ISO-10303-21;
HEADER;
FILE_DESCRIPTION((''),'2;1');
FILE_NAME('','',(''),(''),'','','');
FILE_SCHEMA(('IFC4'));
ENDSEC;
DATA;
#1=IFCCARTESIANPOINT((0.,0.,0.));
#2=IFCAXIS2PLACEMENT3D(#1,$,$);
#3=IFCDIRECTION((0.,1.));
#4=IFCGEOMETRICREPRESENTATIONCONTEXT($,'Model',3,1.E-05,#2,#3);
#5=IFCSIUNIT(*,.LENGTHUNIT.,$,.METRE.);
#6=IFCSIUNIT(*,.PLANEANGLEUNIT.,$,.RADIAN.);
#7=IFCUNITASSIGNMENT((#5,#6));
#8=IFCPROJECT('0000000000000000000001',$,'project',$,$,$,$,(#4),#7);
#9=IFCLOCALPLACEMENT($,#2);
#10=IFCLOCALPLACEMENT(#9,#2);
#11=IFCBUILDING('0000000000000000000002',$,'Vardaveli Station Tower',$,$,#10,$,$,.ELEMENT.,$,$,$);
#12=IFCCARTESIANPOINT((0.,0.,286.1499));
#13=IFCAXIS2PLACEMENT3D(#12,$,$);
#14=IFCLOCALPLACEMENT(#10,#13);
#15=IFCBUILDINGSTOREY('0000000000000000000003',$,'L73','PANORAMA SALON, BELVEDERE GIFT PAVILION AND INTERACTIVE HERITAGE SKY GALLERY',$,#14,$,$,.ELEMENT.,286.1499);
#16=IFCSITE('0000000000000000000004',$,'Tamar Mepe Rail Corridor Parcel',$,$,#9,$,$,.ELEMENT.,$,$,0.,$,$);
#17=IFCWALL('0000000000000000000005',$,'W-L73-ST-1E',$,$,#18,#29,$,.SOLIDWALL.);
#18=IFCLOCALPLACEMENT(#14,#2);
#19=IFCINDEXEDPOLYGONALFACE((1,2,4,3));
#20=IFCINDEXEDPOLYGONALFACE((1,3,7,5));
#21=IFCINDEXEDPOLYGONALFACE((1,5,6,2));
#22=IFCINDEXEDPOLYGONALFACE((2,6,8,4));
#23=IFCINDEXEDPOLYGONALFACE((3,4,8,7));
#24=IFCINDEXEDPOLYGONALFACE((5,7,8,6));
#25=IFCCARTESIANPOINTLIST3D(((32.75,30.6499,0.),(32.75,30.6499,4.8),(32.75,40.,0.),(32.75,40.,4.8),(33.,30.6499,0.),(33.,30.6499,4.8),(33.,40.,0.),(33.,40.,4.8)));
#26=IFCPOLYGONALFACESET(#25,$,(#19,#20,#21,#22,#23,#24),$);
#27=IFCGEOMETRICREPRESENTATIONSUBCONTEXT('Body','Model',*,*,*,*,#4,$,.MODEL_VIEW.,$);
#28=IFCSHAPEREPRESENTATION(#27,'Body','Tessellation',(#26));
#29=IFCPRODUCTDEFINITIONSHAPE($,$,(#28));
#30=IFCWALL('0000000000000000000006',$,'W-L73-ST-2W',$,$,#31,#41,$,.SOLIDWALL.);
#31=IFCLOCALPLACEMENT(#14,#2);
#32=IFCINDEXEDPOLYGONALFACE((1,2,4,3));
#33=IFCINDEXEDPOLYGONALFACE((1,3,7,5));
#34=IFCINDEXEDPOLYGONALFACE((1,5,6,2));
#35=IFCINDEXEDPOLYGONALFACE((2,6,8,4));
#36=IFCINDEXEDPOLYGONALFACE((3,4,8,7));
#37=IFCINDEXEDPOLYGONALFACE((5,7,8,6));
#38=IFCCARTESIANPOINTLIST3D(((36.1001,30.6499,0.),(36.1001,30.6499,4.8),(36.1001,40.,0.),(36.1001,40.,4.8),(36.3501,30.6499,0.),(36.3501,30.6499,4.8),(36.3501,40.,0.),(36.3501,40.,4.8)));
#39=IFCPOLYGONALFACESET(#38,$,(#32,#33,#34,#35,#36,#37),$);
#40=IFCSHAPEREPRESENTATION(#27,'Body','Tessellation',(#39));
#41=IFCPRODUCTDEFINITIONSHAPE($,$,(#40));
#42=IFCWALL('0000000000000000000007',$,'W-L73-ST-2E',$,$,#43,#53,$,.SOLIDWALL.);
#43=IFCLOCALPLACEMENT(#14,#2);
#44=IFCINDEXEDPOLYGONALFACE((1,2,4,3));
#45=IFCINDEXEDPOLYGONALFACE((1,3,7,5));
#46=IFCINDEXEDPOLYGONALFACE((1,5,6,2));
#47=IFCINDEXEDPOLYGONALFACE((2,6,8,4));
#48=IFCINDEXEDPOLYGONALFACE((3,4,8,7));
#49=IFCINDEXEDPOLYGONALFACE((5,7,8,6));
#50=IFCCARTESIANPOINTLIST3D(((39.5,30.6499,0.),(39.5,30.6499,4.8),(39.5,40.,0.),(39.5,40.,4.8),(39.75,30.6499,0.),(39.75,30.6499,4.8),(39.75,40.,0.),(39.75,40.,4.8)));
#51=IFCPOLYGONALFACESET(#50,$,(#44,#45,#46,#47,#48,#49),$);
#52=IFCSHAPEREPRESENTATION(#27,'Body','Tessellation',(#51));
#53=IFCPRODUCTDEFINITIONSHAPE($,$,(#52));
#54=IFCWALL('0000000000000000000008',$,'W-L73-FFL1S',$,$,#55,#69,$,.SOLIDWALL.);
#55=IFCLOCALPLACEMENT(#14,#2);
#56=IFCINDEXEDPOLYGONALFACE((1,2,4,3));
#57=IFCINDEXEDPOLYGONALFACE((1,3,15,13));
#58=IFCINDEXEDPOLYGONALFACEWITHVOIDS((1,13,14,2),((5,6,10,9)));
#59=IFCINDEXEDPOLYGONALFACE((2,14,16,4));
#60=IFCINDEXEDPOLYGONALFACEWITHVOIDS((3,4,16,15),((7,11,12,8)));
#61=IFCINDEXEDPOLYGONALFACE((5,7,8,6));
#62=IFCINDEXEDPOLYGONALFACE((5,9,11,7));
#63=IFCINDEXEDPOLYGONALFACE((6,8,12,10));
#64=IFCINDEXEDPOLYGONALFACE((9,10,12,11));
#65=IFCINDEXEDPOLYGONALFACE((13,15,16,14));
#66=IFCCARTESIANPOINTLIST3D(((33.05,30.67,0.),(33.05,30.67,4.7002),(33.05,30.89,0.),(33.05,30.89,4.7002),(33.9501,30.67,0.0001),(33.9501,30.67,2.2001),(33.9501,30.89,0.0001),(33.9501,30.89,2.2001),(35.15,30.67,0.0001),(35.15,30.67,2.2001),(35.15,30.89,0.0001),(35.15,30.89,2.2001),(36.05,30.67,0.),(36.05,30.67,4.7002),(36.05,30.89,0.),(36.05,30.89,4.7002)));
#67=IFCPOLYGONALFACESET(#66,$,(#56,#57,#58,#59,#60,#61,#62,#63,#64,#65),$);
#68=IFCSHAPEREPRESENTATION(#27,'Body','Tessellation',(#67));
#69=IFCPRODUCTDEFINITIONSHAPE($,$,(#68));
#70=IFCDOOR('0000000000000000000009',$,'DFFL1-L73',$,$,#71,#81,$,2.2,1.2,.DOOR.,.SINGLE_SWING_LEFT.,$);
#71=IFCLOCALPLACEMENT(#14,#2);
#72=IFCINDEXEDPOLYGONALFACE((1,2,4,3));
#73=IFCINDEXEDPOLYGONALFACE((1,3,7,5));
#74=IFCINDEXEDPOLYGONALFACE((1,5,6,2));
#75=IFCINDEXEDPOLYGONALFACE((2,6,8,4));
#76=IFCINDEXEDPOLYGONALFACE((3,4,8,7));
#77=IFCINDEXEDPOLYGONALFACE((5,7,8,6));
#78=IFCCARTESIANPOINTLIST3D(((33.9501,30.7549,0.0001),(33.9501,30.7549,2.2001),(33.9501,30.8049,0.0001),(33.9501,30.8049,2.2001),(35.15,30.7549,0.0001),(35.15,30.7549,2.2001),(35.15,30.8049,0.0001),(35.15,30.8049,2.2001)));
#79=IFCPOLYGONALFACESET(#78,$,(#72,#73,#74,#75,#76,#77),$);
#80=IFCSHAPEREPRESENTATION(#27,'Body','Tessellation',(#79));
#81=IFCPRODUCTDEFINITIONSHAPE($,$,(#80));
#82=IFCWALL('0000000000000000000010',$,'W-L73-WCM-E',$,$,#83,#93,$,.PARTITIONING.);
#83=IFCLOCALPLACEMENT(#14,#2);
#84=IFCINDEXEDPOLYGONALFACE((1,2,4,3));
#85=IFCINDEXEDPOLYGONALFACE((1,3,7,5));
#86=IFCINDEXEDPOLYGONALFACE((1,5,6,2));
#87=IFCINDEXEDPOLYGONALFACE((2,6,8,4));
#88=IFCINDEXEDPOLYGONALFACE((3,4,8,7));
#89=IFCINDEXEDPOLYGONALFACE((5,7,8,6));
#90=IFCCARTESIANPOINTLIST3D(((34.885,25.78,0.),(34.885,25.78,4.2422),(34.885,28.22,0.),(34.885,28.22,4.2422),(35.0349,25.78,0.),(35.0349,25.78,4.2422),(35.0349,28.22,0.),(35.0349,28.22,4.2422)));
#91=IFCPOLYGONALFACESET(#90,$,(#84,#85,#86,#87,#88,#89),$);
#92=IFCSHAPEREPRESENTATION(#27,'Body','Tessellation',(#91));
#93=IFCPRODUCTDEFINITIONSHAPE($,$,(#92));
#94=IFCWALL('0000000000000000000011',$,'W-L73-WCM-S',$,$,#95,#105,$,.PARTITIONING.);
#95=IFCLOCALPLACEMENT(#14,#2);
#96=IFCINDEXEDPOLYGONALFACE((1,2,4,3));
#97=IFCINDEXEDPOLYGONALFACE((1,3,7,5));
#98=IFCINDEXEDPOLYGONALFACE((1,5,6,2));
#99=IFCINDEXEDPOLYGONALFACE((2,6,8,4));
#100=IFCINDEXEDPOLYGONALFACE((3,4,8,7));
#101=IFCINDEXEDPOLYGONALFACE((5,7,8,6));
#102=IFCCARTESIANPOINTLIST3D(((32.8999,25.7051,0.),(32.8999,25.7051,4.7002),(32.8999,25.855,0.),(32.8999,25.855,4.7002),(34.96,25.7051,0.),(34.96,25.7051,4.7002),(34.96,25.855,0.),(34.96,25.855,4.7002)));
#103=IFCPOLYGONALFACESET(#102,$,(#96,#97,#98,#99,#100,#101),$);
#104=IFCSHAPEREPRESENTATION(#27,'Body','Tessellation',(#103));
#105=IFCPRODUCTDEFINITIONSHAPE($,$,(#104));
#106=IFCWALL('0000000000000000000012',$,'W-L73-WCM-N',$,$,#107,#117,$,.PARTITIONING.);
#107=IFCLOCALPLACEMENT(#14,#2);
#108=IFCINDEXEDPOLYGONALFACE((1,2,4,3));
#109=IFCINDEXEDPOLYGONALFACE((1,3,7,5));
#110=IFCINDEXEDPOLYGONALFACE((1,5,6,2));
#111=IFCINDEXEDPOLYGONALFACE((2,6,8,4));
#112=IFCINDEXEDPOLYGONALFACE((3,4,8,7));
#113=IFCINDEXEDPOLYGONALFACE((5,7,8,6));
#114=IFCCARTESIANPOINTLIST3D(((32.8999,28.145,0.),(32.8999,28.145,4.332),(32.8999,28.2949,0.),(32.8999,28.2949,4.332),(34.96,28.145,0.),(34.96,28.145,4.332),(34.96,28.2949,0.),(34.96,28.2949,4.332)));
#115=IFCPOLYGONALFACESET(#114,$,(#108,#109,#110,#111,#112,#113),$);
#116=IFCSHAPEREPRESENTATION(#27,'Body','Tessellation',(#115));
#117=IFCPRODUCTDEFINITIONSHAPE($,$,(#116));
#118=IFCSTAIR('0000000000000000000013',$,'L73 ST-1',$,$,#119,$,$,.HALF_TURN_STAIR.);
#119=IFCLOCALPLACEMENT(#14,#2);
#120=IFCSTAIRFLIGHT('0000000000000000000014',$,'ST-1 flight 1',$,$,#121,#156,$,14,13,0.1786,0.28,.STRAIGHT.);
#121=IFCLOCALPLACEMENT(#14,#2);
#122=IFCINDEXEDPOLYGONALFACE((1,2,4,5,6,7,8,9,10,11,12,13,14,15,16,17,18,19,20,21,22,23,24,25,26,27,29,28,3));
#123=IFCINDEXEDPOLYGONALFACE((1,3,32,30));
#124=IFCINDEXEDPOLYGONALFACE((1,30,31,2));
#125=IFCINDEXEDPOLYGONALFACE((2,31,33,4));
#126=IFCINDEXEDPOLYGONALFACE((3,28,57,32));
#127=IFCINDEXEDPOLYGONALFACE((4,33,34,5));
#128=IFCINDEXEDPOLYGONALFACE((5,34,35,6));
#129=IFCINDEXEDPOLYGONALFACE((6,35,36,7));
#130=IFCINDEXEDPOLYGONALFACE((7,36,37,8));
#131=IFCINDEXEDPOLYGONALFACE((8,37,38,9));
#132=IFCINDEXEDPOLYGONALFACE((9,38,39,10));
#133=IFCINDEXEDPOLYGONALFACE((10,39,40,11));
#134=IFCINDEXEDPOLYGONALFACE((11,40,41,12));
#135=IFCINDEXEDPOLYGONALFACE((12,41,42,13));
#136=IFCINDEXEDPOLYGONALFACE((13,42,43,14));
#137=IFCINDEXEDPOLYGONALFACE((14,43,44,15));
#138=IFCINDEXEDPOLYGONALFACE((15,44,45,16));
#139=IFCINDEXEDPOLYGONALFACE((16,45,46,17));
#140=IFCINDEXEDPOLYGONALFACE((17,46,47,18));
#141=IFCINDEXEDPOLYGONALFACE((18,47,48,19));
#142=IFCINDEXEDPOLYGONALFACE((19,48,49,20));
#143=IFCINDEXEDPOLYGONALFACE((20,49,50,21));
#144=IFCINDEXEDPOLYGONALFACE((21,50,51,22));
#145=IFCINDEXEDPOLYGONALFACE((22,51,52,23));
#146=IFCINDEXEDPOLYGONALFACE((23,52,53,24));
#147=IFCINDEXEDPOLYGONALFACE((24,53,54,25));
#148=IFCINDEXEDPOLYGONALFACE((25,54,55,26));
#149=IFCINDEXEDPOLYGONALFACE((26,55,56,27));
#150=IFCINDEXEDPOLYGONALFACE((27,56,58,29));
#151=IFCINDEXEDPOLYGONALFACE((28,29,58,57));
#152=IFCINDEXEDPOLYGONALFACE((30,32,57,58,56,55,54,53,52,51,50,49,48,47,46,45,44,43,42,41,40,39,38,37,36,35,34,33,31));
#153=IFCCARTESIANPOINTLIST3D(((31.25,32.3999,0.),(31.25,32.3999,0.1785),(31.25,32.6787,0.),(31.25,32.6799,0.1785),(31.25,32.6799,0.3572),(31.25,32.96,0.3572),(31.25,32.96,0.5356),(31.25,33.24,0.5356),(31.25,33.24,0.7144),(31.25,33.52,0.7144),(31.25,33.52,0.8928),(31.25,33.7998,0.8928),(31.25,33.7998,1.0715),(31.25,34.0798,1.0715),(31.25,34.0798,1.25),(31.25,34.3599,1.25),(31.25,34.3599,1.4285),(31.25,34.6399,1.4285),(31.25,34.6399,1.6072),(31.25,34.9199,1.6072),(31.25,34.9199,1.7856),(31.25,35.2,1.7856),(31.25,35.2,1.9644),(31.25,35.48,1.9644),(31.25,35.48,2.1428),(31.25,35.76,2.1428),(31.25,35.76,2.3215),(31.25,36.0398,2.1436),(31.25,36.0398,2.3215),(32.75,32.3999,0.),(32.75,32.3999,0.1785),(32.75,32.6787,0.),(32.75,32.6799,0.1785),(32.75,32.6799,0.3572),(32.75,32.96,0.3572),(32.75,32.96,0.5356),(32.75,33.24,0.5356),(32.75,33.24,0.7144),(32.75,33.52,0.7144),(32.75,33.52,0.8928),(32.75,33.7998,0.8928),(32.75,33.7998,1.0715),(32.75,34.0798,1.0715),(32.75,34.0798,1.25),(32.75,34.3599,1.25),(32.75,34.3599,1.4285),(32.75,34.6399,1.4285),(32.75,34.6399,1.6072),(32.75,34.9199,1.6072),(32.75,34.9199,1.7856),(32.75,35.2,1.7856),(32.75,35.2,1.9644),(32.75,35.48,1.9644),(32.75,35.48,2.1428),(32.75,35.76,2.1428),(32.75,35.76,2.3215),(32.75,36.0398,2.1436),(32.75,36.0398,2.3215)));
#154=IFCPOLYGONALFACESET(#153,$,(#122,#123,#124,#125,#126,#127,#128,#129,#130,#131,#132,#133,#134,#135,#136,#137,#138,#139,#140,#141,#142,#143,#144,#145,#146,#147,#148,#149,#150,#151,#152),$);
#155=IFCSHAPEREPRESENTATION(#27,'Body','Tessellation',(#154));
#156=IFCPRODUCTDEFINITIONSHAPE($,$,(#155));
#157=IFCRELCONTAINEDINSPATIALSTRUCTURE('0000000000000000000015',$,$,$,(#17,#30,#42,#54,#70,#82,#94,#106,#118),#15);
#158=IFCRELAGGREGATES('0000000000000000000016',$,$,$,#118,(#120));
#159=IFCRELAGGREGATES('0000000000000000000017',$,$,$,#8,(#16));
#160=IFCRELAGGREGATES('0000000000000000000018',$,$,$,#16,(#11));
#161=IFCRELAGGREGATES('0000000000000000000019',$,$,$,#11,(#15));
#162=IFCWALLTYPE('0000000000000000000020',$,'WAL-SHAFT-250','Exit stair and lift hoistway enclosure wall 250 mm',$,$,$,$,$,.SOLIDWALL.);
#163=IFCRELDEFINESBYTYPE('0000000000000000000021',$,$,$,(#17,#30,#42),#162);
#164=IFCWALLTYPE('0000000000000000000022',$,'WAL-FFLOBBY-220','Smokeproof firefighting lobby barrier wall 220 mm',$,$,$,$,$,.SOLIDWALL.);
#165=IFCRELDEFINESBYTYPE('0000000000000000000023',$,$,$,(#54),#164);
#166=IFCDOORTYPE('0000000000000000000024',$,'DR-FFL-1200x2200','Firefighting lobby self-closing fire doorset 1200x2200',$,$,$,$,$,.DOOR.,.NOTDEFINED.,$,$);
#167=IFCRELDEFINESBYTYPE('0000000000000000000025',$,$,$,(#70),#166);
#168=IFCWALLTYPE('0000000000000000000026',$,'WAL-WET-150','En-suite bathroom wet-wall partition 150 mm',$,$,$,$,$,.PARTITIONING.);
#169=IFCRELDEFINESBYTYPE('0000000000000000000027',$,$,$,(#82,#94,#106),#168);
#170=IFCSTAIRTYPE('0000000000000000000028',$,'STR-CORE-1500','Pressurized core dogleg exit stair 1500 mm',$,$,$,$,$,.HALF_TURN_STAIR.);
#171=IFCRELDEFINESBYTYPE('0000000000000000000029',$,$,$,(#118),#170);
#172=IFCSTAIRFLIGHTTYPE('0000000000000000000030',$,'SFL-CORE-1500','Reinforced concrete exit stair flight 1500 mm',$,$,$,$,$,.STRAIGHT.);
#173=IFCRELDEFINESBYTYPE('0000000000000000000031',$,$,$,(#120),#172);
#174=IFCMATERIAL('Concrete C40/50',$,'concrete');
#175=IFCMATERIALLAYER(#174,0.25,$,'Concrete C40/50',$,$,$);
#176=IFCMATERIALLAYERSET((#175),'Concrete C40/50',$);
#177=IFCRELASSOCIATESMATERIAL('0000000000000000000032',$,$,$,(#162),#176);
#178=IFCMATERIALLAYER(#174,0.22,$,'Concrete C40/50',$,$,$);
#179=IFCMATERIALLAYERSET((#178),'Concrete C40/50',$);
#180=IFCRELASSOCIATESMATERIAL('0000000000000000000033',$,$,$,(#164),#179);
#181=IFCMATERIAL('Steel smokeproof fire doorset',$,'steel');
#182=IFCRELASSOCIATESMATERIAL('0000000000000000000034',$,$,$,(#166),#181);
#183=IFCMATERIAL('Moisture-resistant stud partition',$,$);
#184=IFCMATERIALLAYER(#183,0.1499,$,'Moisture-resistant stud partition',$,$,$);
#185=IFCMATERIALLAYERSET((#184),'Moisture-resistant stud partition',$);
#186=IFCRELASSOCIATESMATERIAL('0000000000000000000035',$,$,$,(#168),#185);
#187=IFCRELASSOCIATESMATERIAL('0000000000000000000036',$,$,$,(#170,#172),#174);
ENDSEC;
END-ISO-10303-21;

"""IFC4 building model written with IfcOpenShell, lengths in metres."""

from ifc_helpers import new_model, si_unit, direction, frame, frame_2d, origin, place, context, subcontext, project, spatial, polyline, rectangle, outline, extrude, source, transform, mapped, material, layer, layer_set, type_object, element, fill, aggregate, save


model = new_model("IFC4")

# Units and contexts
model_context = context("Model", 3, precision=1e-05, world=origin(), true_north=direction((0.0, 1.0)))
body_context = subcontext(model_context, "Body", "Model", "MODEL_VIEW")
ifc_project = project(units=[si_unit("LENGTHUNIT", "METRE"), si_unit("PLANEANGLEUNIT", "RADIAN")], contexts=[model_context])

# Site, building, storey
site_placement = place(None, origin())
site = spatial("IfcSite", under=ifc_project, at=site_placement, Name="Tamar Mepe Rail Corridor Parcel", CompositionType="ELEMENT", RefElevation=0.0)
building_placement = place(site_placement, origin())
building = spatial("IfcBuilding", under=site, at=building_placement, Name="Vardaveli Station Tower", CompositionType="ELEMENT")
storey_placement = place(building_placement, frame((0.0, 0.0, 286.1499)))
storey = spatial("IfcBuildingStorey", under=building, at=storey_placement, Name="L73", Description="PANORAMA SALON, BELVEDERE GIFT PAVILION AND INTERACTIVE HERITAGE SKY GALLERY", CompositionType="ELEMENT", Elevation=286.1499)

# Shared definitions
ifc_material_1 = material(Name="Concrete C40/50", Category="concrete")
ifc_layer_1 = layer(ifc_material_1, 0.25, Name="Concrete C40/50")
ifc_layer_set_1 = layer_set([ifc_layer_1], Name="Concrete C40/50")
wall_type_1 = type_object("IfcWallType", Name="WAL-SHAFT-250", Description="Exit stair and lift hoistway enclosure wall 250 mm", PredefinedType="SOLIDWALL", material=ifc_layer_set_1)
ifc_material_2 = material(Name="Steel smokeproof fire doorset", Category="steel")

# Walls
shared_shape_1 = source(origin(), body_context, "Body", "SweptSolid", [
    extrude(rectangle(XDim=9.3501, YDim=0.25, at=frame_2d((4.675, 0.0))), origin(), (0.0, 0.0, 1.0), 4.8),
])
for number, where, z_axis, x_axis, name in (
    (1, (32.875, 30.6499, 0.0), (0.0, 0.0, 1.0), (0.0, 1.0, 0.0), "W-L73-ST-1E"),
    (2, (36.2251, 30.6499, 0.0), (0.0, 0.0, 1.0), (0.0, 1.0, 0.0), "W-L73-ST-2W"),
    (3, (39.625, 30.6499, 0.0), (0.0, 0.0, 1.0), (0.0, 1.0, 0.0), "W-L73-ST-2E"),
):
    element("IfcWall", number, at=place(storey_placement, frame(where, z_axis=z_axis, x_axis=x_axis)), inside=storey, type_object=wall_type_1, Name=name, PredefinedType="SOLIDWALL", context=body_context, shape_type="MappedRepresentation", body=[
        mapped(shared_shape_1, transform((0.0, 0.0, 0.0), scale=1.0)),
    ])

# Wall, opening, door
ifc_layer_2 = layer(ifc_material_1, 0.22, Name="Concrete C40/50")
ifc_layer_set_2 = layer_set([ifc_layer_2], Name="Concrete C40/50")
wall_type_2 = type_object("IfcWallType", Name="WAL-FFLOBBY-220", Description="Smokeproof firefighting lobby barrier wall 220 mm", PredefinedType="SOLIDWALL", material=ifc_layer_set_2)
shared_shape_2 = source(origin(), body_context, "Body", "SweptSolid", [
    extrude(rectangle(XDim=3.0, YDim=0.22, at=frame_2d((1.5, 0.0))), origin(), (0.0, 0.0, 1.0), 4.7002),
])
wall_1_placement = place(storey_placement, frame((33.05, 30.78, 0.0), z_axis=(0.0, 0.0, 1.0), x_axis=(1.0, 0.0, 0.0)))
wall_1 = element("IfcWall", 4, at=wall_1_placement, inside=storey, type_object=wall_type_2, Name="W-L73-FFL1S", PredefinedType="SOLIDWALL", context=body_context, shape_type="MappedRepresentation", body=[
    mapped(shared_shape_2, transform((0.0, 0.0, 0.0), scale=1.0)),
])
shared_shape_3 = source(origin(), body_context, "Body", "SweptSolid", [
    extrude(rectangle(XDim=1.2, YDim=2.2, at=frame_2d((0.6001, 1.1001))), frame((0.0, 0.1201, 0.0), z_axis=(0.0, -1.0, 0.0), x_axis=(1.0, 0.0, 0.0)), (0.0, 0.0, 1.0), 0.24),
])
opening_1_placement = place(wall_1_placement, frame((0.8999, 0.0, 0.0)))
opening_1 = element("IfcOpeningElement", 5, at=opening_1_placement, cuts=wall_1, PredefinedType="OPENING", context=body_context, shape_type="MappedRepresentation", body=[
    mapped(shared_shape_3, transform((0.0, 0.0, 0.0), scale=1.0)),
])
door_type_1 = type_object("IfcDoorType", Name="DR-FFL-1200x2200", Description="Firefighting lobby self-closing fire doorset 1200x2200", OperationType="NOTDEFINED", PredefinedType="DOOR", material=ifc_material_2)
shared_shape_4 = source(origin(), body_context, "Body", "SweptSolid", [
    extrude(rectangle(XDim=1.2, YDim=2.2, at=frame_2d((0.6001, 1.1001))), frame((0.0, 0.0249, 0.0), z_axis=(0.0, -1.0, 0.0), x_axis=(1.0, 0.0, 0.0)), (0.0, 0.0, 1.0), 0.05),
])
door_1_placement = place(opening_1_placement, origin())
door_1 = element("IfcDoor", 6, at=door_1_placement, inside=storey, type_object=door_type_1, Name="DFFL1-L73", OperationType="SINGLE_SWING_LEFT", OverallHeight=2.2, OverallWidth=1.2, PredefinedType="DOOR", context=body_context, shape_type="MappedRepresentation", body=[
    mapped(shared_shape_4, transform((0.0, 0.0, 0.0), scale=1.0)),
])
fill(opening_1, door_1)

# Walls
ifc_material_3 = material(Name="Moisture-resistant stud partition")
ifc_layer_3 = layer(ifc_material_3, 0.1499, Name="Moisture-resistant stud partition")
ifc_layer_set_3 = layer_set([ifc_layer_3], Name="Moisture-resistant stud partition")
wall_type_3 = type_object("IfcWallType", Name="WAL-WET-150", Description="En-suite bathroom wet-wall partition 150 mm", PredefinedType="PARTITIONING", material=ifc_layer_set_3)
shared_shape_5 = source(origin(), body_context, "Body", "SweptSolid", [
    extrude(rectangle(XDim=2.4399, YDim=0.1499, at=frame_2d((1.22, 0.0))), origin(), (0.0, 0.0, 1.0), 4.2422),
])
wall_2_placement = place(storey_placement, frame((34.96, 25.78, 0.0), z_axis=(0.0, 0.0, 1.0), x_axis=(0.0, 1.0, 0.0)))
element("IfcWall", 7, at=wall_2_placement, inside=storey, type_object=wall_type_3, Name="W-L73-WCM-E", PredefinedType="PARTITIONING", context=body_context, shape_type="MappedRepresentation", body=[
    mapped(shared_shape_5, transform((0.0, 0.0, 0.0), scale=1.0)),
])
shared_shape_6 = source(origin(), body_context, "Body", "SweptSolid", [
    extrude(rectangle(XDim=2.0601, YDim=0.1499, at=frame_2d((1.03, 0.0))), origin(), (0.0, 0.0, 1.0), 4.7002),
])
wall_3_placement = place(storey_placement, frame((32.8999, 25.78, 0.0), z_axis=(0.0, 0.0, 1.0), x_axis=(1.0, 0.0, 0.0)))
element("IfcWall", 8, at=wall_3_placement, inside=storey, type_object=wall_type_3, Name="W-L73-WCM-S", PredefinedType="PARTITIONING", context=body_context, shape_type="MappedRepresentation", body=[
    mapped(shared_shape_6, transform((0.0, 0.0, 0.0), scale=1.0)),
])
shared_shape_7 = source(origin(), body_context, "Body", "SweptSolid", [
    extrude(rectangle(XDim=2.0601, YDim=0.1499, at=frame_2d((1.03, 0.0))), origin(), (0.0, 0.0, 1.0), 4.332),
])
wall_4_placement = place(storey_placement, frame((32.8999, 28.22, 0.0), z_axis=(0.0, 0.0, 1.0), x_axis=(1.0, 0.0, 0.0)))
element("IfcWall", 9, at=wall_4_placement, inside=storey, type_object=wall_type_3, Name="W-L73-WCM-N", PredefinedType="PARTITIONING", context=body_context, shape_type="MappedRepresentation", body=[
    mapped(shared_shape_7, transform((0.0, 0.0, 0.0), scale=1.0)),
])

# Stair, stair flight
stair_type = type_object("IfcStairType", Name="STR-CORE-1500", Description="Pressurized core dogleg exit stair 1500 mm", PredefinedType="HALF_TURN_STAIR", material=ifc_material_1)
stair_1_placement = place(storey_placement, origin())
stair_1 = element("IfcStair", 10, at=stair_1_placement, inside=storey, type_object=stair_type, Name="L73 ST-1", PredefinedType="HALF_TURN_STAIR")
stair_flight_type = type_object("IfcStairFlightType", Name="SFL-CORE-1500", Description="Reinforced concrete exit stair flight 1500 mm", PredefinedType="STRAIGHT", material=ifc_material_1)
shared_shape_8 = source(origin(), body_context, "Body", "SweptSolid", [
    extrude(outline(polyline([(0.0, 0.0), (0.0, 0.1785), (0.28, 0.1785), (0.28, 0.3572), (0.5601, 0.3572), (0.5601, 0.5356), (0.8401, 0.5356), (0.8401, 0.7144), (1.1201, 0.7144), (1.1201, 0.8928), (1.3999, 0.8928), (1.3999, 1.0715), (1.6799, 1.0715), (1.6799, 1.25), (1.96, 1.25), (1.96, 1.4285), (2.24, 1.4285), (2.24, 1.6072), (2.52, 1.6072), (2.52, 1.7856), (2.8, 1.7856), (2.8, 1.9644), (3.0801, 1.9644), (3.0801, 2.1428), (3.3601, 2.1428), (3.3601, 2.3215), (3.6399, 2.3215), (3.6399, 2.5), (3.6399, 2.1436), (0.2788, 0.0), (0.0, 0.0)])), frame((0.0, 0.75, 0.0), z_axis=(0.0, -1.0, 0.0), x_axis=(1.0, 0.0, 0.0)), (0.0, 0.0, 1.0), 1.5),
])
stair_flight_1_placement = place(storey_placement, frame((32.0, 32.3999, 0.0), z_axis=(0.0, 0.0, 1.0), x_axis=(0.0, 1.0, 0.0)))
stair_flight_1 = element("IfcStairFlight", 11, at=stair_flight_1_placement, type_object=stair_flight_type, Name="ST-1 flight 1", NumberOfRisers=14, NumberOfTreads=13, PredefinedType="STRAIGHT", RiserHeight=0.1786, TreadLength=0.28, context=body_context, shape_type="MappedRepresentation", body=[
    mapped(shared_shape_8, transform((0.0, 0.0, 0.0), scale=1.0)),
])
aggregate(stair_1, [stair_flight_1])

save(model, "model.ifc")
